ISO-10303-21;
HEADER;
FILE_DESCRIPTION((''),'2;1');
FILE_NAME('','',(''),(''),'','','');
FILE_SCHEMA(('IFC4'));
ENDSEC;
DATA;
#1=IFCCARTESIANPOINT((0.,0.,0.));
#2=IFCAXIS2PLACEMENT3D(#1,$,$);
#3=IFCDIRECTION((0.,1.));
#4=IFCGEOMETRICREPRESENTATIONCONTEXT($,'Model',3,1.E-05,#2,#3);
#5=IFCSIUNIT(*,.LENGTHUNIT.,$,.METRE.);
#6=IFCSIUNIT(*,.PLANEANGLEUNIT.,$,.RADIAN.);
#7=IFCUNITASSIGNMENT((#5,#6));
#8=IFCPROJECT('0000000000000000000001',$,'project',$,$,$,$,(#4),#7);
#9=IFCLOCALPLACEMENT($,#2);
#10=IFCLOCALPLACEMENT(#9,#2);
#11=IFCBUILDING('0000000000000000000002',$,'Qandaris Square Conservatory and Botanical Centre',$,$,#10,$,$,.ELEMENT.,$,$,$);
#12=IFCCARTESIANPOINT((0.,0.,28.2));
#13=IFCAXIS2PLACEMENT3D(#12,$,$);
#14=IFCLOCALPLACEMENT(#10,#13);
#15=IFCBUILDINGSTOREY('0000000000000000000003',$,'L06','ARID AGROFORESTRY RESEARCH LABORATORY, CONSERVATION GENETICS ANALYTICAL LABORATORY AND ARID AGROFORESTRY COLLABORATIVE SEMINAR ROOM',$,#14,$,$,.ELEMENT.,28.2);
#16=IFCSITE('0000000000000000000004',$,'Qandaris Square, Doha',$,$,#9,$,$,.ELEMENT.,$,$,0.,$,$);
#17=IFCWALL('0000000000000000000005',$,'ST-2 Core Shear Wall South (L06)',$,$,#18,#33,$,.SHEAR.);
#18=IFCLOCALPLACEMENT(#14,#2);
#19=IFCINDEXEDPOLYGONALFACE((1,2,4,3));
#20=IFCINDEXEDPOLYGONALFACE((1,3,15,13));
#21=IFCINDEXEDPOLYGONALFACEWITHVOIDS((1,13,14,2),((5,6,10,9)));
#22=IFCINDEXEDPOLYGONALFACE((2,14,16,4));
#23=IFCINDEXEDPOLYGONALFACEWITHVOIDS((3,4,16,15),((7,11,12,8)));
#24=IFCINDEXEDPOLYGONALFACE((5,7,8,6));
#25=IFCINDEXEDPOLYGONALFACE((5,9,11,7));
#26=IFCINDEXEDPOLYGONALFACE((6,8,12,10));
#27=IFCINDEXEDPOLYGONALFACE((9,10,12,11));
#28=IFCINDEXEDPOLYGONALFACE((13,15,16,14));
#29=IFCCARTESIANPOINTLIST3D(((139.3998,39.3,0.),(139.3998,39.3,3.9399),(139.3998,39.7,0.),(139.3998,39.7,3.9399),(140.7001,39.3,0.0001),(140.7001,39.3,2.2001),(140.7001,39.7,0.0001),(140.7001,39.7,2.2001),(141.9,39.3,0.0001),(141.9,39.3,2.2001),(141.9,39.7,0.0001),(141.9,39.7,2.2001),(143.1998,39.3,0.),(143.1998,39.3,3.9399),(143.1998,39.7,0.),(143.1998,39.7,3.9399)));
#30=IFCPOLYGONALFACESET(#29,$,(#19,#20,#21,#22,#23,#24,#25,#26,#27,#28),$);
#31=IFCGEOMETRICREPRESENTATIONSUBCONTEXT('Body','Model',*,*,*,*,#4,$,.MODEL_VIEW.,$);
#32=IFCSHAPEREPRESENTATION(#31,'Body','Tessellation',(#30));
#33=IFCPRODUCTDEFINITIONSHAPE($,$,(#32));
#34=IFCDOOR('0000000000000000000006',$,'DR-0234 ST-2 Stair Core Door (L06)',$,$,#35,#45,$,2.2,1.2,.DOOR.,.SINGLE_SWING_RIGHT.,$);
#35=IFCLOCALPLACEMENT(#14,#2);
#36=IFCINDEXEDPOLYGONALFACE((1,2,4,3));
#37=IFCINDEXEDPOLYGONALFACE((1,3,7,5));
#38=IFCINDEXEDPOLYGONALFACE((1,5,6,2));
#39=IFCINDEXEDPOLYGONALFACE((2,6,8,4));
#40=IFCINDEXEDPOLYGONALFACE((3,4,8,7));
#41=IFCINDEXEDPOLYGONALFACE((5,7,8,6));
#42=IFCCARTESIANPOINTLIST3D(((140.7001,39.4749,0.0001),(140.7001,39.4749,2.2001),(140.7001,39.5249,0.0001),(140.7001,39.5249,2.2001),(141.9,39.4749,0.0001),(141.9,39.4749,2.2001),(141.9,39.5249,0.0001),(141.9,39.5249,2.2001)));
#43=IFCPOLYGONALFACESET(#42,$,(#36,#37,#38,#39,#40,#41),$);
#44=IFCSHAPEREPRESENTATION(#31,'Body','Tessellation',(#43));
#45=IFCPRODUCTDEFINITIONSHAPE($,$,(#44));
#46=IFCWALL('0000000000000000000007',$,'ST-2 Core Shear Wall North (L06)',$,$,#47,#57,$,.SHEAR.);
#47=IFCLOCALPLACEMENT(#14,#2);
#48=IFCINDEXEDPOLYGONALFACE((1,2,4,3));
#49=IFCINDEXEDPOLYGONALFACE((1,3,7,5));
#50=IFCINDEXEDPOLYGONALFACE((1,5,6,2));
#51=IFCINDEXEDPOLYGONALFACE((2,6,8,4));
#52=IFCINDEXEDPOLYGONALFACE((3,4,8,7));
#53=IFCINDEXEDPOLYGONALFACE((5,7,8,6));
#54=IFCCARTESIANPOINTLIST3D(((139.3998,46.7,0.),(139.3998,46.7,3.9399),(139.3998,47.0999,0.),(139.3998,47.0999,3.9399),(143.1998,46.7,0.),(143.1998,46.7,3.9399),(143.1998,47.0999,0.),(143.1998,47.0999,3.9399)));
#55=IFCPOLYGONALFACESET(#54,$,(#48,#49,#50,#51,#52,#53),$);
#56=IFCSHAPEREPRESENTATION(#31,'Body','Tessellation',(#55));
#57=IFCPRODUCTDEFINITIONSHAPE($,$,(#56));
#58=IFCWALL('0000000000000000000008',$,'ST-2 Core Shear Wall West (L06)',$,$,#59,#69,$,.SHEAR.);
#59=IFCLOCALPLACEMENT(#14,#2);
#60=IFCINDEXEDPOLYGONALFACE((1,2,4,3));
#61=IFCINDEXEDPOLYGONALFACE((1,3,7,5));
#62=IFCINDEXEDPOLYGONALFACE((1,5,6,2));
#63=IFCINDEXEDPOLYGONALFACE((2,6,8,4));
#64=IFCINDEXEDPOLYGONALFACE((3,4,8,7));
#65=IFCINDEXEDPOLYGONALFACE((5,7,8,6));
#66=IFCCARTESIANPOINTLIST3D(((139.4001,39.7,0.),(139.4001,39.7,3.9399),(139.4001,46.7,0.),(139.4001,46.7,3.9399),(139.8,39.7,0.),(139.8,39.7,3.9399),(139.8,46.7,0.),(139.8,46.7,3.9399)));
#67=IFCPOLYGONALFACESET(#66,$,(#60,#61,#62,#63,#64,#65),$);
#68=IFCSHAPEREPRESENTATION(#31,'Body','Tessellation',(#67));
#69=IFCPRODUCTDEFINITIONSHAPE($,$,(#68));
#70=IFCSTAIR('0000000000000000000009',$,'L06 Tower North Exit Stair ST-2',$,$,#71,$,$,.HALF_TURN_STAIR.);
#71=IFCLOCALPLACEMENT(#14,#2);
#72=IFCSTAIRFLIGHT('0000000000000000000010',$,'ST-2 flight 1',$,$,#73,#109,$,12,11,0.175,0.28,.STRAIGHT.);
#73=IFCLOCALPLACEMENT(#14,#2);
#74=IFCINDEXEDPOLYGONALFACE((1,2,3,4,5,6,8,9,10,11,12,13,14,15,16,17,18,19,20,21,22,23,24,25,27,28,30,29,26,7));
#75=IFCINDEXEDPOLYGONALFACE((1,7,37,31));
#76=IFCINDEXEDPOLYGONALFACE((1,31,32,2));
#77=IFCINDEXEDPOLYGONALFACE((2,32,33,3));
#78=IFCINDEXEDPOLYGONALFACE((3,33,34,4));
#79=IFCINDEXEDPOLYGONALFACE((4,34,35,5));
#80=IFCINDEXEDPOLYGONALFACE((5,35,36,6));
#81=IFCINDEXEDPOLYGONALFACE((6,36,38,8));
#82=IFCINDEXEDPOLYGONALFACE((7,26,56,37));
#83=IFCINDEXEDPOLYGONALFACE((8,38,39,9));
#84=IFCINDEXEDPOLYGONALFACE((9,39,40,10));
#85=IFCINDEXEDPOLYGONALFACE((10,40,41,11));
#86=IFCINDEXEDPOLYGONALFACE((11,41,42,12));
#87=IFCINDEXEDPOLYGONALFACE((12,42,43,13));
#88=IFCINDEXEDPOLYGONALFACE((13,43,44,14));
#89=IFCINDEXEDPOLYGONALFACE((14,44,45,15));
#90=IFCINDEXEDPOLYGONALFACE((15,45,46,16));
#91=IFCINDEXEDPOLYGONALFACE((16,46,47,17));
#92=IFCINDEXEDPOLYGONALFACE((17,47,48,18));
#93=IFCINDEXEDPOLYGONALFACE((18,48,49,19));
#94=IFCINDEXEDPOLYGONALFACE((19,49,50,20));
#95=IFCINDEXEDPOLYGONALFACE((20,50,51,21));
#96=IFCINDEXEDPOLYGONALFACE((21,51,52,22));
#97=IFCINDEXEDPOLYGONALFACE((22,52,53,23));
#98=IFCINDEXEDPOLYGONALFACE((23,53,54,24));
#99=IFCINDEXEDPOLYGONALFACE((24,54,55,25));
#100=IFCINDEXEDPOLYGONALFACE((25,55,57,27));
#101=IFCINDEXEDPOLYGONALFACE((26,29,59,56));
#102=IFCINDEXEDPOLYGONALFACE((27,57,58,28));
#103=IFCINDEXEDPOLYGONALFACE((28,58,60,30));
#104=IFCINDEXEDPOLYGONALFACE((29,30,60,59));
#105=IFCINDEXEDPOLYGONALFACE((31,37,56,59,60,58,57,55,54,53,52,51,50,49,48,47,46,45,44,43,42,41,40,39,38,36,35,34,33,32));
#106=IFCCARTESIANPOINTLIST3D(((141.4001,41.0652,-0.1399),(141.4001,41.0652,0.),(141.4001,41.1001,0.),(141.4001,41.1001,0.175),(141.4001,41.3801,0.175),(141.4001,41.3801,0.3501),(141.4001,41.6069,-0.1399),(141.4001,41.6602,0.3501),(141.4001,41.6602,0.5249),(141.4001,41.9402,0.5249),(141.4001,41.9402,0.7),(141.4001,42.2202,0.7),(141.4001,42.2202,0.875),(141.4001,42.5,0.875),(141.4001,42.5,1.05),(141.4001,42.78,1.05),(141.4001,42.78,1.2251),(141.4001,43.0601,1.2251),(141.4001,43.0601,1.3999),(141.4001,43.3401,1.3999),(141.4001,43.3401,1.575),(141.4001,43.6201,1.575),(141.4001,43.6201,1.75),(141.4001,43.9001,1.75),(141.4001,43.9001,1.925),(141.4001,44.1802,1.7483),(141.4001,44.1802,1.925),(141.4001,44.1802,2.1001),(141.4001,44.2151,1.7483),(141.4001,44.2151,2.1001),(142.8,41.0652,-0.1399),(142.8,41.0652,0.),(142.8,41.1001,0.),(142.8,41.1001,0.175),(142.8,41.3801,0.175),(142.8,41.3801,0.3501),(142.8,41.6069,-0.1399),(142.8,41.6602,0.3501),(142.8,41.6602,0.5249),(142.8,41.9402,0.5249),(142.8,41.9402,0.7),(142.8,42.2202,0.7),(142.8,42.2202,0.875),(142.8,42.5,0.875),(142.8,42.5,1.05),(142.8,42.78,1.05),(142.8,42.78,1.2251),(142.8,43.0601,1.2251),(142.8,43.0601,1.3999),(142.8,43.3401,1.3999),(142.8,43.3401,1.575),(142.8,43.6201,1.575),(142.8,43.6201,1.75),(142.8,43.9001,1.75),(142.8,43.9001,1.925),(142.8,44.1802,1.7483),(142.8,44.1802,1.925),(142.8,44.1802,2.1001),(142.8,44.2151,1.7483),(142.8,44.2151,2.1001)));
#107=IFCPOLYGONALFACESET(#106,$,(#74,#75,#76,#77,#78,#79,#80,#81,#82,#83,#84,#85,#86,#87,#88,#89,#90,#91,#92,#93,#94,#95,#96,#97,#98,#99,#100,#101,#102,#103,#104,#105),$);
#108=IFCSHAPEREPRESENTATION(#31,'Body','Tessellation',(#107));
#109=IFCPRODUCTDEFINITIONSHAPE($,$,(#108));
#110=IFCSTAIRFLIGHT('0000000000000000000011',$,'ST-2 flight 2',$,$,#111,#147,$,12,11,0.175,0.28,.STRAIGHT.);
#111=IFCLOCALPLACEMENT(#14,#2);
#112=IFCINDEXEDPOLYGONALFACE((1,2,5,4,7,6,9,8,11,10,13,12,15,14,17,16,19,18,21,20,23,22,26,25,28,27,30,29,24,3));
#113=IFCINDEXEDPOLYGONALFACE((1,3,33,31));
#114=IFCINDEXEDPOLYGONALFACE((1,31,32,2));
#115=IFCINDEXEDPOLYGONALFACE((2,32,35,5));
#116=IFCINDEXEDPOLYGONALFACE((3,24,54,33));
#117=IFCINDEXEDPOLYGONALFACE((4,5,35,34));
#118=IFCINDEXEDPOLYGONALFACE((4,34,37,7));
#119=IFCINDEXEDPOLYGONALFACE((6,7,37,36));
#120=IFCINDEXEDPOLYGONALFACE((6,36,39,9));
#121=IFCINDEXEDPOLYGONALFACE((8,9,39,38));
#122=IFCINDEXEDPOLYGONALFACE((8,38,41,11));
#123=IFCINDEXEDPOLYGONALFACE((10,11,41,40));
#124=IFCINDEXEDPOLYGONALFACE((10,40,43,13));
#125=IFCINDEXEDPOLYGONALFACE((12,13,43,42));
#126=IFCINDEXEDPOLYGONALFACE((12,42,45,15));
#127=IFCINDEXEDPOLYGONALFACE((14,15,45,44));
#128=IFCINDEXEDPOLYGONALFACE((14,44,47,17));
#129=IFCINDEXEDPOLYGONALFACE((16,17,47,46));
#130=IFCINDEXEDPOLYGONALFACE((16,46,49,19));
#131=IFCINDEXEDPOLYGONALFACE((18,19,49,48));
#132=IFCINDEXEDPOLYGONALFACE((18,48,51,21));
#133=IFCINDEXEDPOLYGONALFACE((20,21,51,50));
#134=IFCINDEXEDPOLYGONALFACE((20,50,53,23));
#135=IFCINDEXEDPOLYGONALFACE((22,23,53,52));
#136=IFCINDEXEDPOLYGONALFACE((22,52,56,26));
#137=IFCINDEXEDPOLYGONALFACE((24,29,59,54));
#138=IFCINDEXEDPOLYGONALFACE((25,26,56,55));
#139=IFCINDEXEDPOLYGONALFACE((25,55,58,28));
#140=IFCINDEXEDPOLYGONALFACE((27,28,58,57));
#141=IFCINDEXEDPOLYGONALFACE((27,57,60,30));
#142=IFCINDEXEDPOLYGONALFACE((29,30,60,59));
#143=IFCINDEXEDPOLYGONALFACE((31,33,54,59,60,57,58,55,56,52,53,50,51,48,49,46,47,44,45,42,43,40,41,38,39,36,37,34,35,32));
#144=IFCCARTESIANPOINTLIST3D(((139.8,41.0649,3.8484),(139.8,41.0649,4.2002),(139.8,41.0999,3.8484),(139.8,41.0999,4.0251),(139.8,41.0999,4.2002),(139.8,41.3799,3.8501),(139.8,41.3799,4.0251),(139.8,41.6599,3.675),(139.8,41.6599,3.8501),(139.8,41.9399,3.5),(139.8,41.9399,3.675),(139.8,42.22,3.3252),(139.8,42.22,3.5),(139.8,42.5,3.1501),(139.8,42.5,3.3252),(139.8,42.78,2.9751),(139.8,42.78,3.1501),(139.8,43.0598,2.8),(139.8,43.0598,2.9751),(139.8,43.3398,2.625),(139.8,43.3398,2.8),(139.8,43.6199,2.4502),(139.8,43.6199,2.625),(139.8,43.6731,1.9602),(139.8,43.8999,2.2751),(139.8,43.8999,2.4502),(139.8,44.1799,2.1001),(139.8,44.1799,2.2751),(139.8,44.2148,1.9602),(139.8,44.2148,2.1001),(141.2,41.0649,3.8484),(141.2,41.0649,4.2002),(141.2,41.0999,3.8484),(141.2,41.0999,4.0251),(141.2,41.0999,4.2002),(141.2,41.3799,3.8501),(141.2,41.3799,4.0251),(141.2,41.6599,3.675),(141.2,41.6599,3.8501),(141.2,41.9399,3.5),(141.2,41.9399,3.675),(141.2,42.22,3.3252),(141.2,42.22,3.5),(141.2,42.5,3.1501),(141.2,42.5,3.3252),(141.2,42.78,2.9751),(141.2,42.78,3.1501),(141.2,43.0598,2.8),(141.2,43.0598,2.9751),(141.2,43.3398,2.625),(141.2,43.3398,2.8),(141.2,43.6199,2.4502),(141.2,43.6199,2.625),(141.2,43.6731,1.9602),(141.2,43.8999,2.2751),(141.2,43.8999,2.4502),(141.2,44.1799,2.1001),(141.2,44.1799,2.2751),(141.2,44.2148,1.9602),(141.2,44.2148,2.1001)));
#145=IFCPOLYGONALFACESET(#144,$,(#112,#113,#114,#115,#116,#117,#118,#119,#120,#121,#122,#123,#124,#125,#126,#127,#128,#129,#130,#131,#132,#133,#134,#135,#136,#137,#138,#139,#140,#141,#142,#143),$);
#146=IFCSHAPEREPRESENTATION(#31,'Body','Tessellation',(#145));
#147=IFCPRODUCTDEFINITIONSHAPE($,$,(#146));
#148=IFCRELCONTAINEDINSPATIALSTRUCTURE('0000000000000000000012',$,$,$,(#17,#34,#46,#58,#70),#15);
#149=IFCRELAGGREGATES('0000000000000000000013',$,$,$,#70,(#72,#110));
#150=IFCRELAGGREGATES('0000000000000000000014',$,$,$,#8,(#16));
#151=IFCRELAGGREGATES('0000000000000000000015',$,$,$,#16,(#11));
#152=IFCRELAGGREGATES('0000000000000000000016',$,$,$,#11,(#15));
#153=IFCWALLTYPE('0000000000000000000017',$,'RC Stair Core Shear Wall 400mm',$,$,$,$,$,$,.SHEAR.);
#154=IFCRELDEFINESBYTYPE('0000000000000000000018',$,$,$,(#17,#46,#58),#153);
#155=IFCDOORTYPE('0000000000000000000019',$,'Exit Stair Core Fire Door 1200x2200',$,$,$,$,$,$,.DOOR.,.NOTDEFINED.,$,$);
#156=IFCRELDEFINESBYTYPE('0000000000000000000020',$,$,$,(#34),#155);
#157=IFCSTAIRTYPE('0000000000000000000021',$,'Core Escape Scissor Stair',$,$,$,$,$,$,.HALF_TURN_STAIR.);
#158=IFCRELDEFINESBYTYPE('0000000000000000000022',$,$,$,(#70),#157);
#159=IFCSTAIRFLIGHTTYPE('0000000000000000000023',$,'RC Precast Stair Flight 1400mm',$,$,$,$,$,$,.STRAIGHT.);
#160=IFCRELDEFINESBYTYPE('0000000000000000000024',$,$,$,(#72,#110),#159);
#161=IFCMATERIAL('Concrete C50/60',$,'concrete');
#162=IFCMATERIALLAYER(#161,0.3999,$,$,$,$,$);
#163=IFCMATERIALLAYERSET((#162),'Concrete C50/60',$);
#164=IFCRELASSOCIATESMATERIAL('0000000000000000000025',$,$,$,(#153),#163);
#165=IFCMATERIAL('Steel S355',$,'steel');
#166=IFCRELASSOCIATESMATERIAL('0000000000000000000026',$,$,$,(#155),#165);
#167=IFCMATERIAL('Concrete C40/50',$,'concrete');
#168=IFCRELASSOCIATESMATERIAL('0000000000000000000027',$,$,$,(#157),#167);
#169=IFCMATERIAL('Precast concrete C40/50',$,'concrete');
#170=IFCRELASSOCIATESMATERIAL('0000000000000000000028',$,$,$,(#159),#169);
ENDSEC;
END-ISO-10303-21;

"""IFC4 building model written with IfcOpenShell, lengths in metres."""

from ifc_helpers import new_model, si_unit, direction, frame, frame_2d, origin, place, context, subcontext, project, spatial, polyline, rectangle, outline, extrude, material, layer, layer_set, type_object, element, fill, aggregate, save


model = new_model("IFC4")

# Units and contexts
model_context = context("Model", 3, precision=1e-05, world=origin(), true_north=direction((0.0, 1.0)))
body_context = subcontext(model_context, "Body", "Model", "MODEL_VIEW")
ifc_project = project(units=[si_unit("LENGTHUNIT", "METRE"), si_unit("PLANEANGLEUNIT", "RADIAN")], contexts=[model_context])

# Site, building, storey
site_placement = place(None, origin())
site = spatial("IfcSite", under=ifc_project, at=site_placement, Name="Qandaris Square, Doha", CompositionType="ELEMENT", RefElevation=0.0)
building_placement = place(site_placement, origin())
building = spatial("IfcBuilding", under=site, at=building_placement, Name="Qandaris Square Conservatory and Botanical Centre", CompositionType="ELEMENT")
storey_placement = place(building_placement, frame((0.0, 0.0, 28.2)))
storey = spatial("IfcBuildingStorey", under=building, at=storey_placement, Name="L06", Description="ARID AGROFORESTRY RESEARCH LABORATORY, CONSERVATION GENETICS ANALYTICAL LABORATORY AND ARID AGROFORESTRY COLLABORATIVE SEMINAR ROOM", CompositionType="ELEMENT", Elevation=28.2)

# Shared definitions
ifc_material_1 = material(Name="Concrete C50/60", Category="concrete")

# Shared definitions
ifc_material_2 = material(Name="Steel S355", Category="steel")

# Shared definitions
ifc_material_3 = material(Name="Precast concrete C40/50", Category="concrete")

# Wall, opening, door
ifc_layer_1 = layer(ifc_material_1, 0.3999)
ifc_layer_set_1 = layer_set([ifc_layer_1], Name="Concrete C50/60")
wall_type_1 = type_object("IfcWallType", Name="RC Stair Core Shear Wall 400mm", PredefinedType="SHEAR", material=ifc_layer_set_1)
wall_1_placement = place(storey_placement, frame((139.3999, 39.5, 0.0), z_axis=(0.0, 0.0, 1.0), x_axis=(1.0, 0.0, 0.0)))
wall_1 = element("IfcWall", 1, at=wall_1_placement, inside=storey, type_object=wall_type_1, Name="ST-2 Core Shear Wall South (L06)", PredefinedType="SHEAR", context=body_context, shape_type="SweptSolid", body=[
    extrude(rectangle(XDim=3.8, YDim=0.3999, at=frame_2d((1.8999, 0.0))), origin(), (0.0, 0.0, 1.0), 3.9399),
])
opening_placement = place(wall_1_placement, frame((1.3, 0.0, 0.0)))
opening = element("IfcOpeningElement", 2, at=opening_placement, cuts=wall_1, PredefinedType="OPENING", context=body_context, shape_type="SweptSolid", body=[
    extrude(rectangle(XDim=1.2, YDim=2.2, at=frame_2d((0.6001, 1.1001))), frame((0.0, 0.2119, 0.0), z_axis=(0.0, -1.0, 0.0), x_axis=(1.0, 0.0, 0.0)), (0.0, 0.0, 1.0), 0.4238),
])
door_type = type_object("IfcDoorType", Name="Exit Stair Core Fire Door 1200x2200", OperationType="NOTDEFINED", PredefinedType="DOOR", material=ifc_material_2)
door_placement = place(opening_placement, origin())
door = element("IfcDoor", 3, at=door_placement, inside=storey, type_object=door_type, Name="DR-0234 ST-2 Stair Core Door (L06)", OperationType="SINGLE_SWING_RIGHT", OverallHeight=2.2, OverallWidth=1.2, PredefinedType="DOOR", context=body_context, shape_type="SweptSolid", body=[
    extrude(rectangle(XDim=1.2, YDim=2.2, at=frame_2d((0.6001, 1.1001))), frame((0.0, 0.0249, 0.0), z_axis=(0.0, -1.0, 0.0), x_axis=(1.0, 0.0, 0.0)), (0.0, 0.0, 1.0), 0.05),
])
fill(opening, door)

# Walls
wall_2_placement = place(storey_placement, frame((139.3999, 46.8999, 0.0), z_axis=(0.0, 0.0, 1.0), x_axis=(1.0, 0.0, 0.0)))
element("IfcWall", 4, at=wall_2_placement, inside=storey, type_object=wall_type_1, Name="ST-2 Core Shear Wall North (L06)", PredefinedType="SHEAR", context=body_context, shape_type="SweptSolid", body=[
    extrude(rectangle(XDim=3.8, YDim=0.3999, at=frame_2d((1.8999, 0.0))), origin(), (0.0, 0.0, 1.0), 3.9399),
])
wall_3_placement = place(storey_placement, frame((139.6001, 39.7, 0.0), z_axis=(0.0, 0.0, 1.0), x_axis=(0.0, 1.0, 0.0)))
element("IfcWall", 5, at=wall_3_placement, inside=storey, type_object=wall_type_1, Name="ST-2 Core Shear Wall West (L06)", PredefinedType="SHEAR", context=body_context, shape_type="SweptSolid", body=[
    extrude(rectangle(XDim=7.0, YDim=0.3999, at=frame_2d((3.5, 0.0))), origin(), (0.0, 0.0, 1.0), 3.9399),
])

# Stair, stair flights
ifc_material_4 = material(Name="Concrete C40/50", Category="concrete")
stair_type = type_object("IfcStairType", Name="Core Escape Scissor Stair", PredefinedType="HALF_TURN_STAIR", material=ifc_material_4)
stair_placement = place(storey_placement, origin())
stair = element("IfcStair", 6, at=stair_placement, inside=storey, type_object=stair_type, Name="L06 Tower North Exit Stair ST-2", PredefinedType="HALF_TURN_STAIR")
stair_flight_type = type_object("IfcStairFlightType", Name="RC Precast Stair Flight 1400mm", PredefinedType="STRAIGHT", material=ifc_material_3)
stair_flight_1_placement = place(storey_placement, frame((142.1001, 41.1001, 0.0), z_axis=(0.0, 0.0, 1.0), x_axis=(0.0, 1.0, 0.0)))
stair_flight_1 = element("IfcStairFlight", 7, at=stair_flight_1_placement, type_object=stair_flight_type, Name="ST-2 flight 1", NumberOfRisers=12, NumberOfTreads=11, PredefinedType="STRAIGHT", RiserHeight=0.175, TreadLength=0.28, context=body_context, shape_type="SweptSolid", body=[
    extrude(outline(polyline([(-0.0349, 0.0), (0.0, 0.0), (0.0, 0.175), (0.28, 0.175), (0.28, 0.3501), (0.5601, 0.3501), (0.5601, 0.5249), (0.8401, 0.5249), (0.8401, 0.7), (1.1201, 0.7), (1.1201, 0.875), (1.3999, 0.875), (1.3999, 1.05), (1.6799, 1.05), (1.6799, 1.2251), (1.96, 1.2251), (1.96, 1.3999), (2.24, 1.3999), (2.24, 1.575), (2.52, 1.575), (2.52, 1.75), (2.8, 1.75), (2.8, 1.925), (3.0801, 1.925), (3.0801, 2.1001), (3.115, 2.1001), (3.115, 1.7483), (3.0801, 1.7483), (0.5068, -0.1399), (-0.0349, -0.1399), (-0.0349, 0.0)])), frame((0.0, 0.7, 0.0), z_axis=(0.0, -1.0, 0.0), x_axis=(1.0, 0.0, 0.0)), (0.0, 0.0, 1.0), 1.3999),
])
stair_flight_2_placement = place(storey_placement, frame((140.5, 44.1799, 2.1001), z_axis=(0.0, 0.0, 1.0), x_axis=(0.0, -1.0, 0.0)))
stair_flight_2 = element("IfcStairFlight", 8, at=stair_flight_2_placement, type_object=stair_flight_type, Name="ST-2 flight 2", NumberOfRisers=12, NumberOfTreads=11, PredefinedType="STRAIGHT", RiserHeight=0.175, TreadLength=0.28, context=body_context, shape_type="SweptSolid", body=[
    extrude(outline(polyline([(-0.0349, 0.0), (0.0, 0.0), (0.0, 0.175), (0.28, 0.175), (0.28, 0.3501), (0.5601, 0.3501), (0.5601, 0.5249), (0.8401, 0.5249), (0.8401, 0.7), (1.1201, 0.7), (1.1201, 0.875), (1.3999, 0.875), (1.3999, 1.05), (1.6799, 1.05), (1.6799, 1.2251), (1.96, 1.2251), (1.96, 1.3999), (2.24, 1.3999), (2.24, 1.575), (2.52, 1.575), (2.52, 1.75), (2.8, 1.75), (2.8, 1.925), (3.0801, 1.925), (3.0801, 2.1001), (3.115, 2.1001), (3.115, 1.7483), (3.0801, 1.7483), (0.5068, -0.1399), (-0.0349, -0.1399), (-0.0349, 0.0)])), frame((0.0, 0.7, 0.0), z_axis=(0.0, -1.0, 0.0), x_axis=(1.0, 0.0, 0.0)), (0.0, 0.0, 1.0), 1.3999),
])
aggregate(stair, [stair_flight_1, stair_flight_2])

save(model, "model.ifc")
